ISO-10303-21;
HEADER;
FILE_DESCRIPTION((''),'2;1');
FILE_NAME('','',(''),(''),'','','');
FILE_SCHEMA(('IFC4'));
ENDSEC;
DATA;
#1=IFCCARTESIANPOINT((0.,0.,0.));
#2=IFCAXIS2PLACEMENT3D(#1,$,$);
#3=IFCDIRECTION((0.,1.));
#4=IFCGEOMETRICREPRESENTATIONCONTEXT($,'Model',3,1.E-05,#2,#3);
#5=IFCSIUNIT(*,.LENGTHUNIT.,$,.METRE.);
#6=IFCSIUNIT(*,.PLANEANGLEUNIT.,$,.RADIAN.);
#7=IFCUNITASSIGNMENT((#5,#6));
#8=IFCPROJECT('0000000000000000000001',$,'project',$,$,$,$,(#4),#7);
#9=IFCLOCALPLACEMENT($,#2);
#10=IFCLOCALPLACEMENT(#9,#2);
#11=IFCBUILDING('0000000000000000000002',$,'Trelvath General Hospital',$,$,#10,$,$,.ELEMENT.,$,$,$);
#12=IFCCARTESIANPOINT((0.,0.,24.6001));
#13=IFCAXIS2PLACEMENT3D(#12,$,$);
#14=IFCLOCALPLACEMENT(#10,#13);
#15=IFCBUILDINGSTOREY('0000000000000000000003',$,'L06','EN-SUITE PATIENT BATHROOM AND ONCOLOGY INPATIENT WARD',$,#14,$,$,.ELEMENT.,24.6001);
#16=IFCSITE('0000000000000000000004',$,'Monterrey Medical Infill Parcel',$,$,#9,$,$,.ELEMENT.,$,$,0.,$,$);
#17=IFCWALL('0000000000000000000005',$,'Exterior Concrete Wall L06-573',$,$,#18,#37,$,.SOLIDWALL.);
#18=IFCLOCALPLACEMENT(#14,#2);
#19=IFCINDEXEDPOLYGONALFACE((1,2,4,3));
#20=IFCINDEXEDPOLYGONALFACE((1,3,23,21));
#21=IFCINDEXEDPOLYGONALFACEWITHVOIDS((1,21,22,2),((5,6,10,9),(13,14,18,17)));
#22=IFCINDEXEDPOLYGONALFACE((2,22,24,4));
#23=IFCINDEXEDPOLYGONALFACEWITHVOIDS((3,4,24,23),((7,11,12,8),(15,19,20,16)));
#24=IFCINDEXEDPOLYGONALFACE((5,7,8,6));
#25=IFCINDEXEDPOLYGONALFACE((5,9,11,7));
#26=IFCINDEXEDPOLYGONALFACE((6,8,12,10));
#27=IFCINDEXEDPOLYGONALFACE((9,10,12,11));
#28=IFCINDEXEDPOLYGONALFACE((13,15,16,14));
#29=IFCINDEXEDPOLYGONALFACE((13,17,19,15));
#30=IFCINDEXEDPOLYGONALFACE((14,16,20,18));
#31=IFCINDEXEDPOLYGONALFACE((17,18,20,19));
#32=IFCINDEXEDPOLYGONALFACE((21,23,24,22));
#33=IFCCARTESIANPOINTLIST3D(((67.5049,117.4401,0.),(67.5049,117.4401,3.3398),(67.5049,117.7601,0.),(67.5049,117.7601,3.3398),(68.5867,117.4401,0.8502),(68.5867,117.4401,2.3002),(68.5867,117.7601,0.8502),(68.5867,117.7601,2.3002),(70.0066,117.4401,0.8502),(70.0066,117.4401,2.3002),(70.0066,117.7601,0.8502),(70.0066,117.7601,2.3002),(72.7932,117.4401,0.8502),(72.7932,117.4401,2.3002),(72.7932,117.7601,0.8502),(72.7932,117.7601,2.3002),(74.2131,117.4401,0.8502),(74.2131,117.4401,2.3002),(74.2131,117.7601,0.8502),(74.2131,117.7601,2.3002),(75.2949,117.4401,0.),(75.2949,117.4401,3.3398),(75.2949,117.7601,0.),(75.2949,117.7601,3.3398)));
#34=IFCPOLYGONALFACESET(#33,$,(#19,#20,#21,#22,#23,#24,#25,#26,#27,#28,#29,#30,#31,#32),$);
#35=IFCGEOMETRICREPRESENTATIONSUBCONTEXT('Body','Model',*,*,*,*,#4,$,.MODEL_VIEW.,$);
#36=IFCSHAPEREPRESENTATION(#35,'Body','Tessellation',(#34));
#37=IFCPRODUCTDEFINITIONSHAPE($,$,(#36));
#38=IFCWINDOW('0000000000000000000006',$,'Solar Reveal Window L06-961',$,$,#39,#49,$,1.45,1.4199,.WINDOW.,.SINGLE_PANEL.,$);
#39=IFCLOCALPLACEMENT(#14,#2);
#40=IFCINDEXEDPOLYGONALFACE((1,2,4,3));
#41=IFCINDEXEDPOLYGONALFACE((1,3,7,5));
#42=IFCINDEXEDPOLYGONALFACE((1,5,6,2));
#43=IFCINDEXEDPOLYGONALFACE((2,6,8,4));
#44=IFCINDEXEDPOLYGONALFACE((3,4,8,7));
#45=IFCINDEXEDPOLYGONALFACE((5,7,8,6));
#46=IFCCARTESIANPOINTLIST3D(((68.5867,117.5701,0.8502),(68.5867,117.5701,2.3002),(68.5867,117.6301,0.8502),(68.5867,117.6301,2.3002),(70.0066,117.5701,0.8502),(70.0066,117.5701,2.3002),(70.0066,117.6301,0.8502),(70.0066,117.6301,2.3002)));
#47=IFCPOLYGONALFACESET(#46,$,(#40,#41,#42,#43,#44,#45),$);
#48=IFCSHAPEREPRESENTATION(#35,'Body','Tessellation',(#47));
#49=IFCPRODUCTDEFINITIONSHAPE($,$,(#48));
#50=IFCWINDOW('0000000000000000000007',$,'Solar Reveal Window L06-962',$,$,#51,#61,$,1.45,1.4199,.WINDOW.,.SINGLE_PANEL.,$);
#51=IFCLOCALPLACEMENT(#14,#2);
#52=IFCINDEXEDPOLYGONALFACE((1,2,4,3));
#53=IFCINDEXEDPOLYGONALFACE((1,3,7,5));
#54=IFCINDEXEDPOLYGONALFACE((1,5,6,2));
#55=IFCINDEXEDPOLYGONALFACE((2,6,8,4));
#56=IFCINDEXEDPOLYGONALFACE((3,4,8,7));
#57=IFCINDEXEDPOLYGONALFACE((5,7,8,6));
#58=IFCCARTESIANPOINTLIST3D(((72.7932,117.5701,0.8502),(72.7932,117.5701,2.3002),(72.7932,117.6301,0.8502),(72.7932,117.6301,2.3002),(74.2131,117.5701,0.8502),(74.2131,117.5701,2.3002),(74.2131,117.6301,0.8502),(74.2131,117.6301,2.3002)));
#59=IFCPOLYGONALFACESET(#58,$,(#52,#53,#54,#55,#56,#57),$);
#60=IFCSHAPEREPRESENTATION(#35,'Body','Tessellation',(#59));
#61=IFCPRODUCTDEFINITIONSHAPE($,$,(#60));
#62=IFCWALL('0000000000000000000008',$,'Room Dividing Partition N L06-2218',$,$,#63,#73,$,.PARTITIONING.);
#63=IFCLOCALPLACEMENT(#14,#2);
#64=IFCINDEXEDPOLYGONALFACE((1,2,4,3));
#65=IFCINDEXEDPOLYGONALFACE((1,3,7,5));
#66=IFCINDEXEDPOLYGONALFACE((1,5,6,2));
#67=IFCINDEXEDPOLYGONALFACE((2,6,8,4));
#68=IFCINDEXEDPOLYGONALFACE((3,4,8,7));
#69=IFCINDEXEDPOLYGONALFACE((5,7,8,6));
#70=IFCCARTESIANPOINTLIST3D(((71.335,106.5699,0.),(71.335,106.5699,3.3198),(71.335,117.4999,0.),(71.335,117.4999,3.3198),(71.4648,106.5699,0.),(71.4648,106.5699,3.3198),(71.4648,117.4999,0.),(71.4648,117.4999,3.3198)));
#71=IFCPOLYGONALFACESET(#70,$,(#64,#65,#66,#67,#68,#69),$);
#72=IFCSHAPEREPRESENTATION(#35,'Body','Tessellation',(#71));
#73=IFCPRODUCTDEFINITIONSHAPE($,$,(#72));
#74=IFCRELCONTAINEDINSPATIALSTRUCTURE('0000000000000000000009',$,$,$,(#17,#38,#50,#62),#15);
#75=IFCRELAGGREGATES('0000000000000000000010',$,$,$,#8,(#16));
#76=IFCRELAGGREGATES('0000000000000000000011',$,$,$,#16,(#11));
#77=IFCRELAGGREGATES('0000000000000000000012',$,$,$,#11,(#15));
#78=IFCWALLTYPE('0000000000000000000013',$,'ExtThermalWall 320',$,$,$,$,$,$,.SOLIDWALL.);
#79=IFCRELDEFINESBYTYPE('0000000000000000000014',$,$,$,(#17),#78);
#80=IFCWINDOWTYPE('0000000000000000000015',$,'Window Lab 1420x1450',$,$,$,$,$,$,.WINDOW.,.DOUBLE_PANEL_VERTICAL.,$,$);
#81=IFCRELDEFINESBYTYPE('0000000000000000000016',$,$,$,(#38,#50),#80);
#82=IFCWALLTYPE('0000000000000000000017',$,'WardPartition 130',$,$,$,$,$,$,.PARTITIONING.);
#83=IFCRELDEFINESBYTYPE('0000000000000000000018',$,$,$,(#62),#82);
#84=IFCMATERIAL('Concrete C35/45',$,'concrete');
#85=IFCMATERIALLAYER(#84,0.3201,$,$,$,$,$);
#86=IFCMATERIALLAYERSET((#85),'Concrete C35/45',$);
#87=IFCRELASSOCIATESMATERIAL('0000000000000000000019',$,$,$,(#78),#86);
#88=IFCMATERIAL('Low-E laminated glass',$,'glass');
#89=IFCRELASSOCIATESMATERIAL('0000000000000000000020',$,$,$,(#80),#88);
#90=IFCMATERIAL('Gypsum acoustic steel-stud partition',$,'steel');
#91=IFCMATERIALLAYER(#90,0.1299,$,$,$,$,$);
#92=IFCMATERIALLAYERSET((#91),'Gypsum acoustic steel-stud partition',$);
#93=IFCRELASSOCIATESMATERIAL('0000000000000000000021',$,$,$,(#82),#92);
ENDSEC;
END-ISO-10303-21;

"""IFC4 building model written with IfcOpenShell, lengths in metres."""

from ifc_helpers import new_model, si_unit, direction, frame, frame_2d, origin, place, context, subcontext, project, spatial, rectangle, extrude, material, layer, layer_set, type_object, element, fill, save


model = new_model("IFC4")

# Units and contexts
model_context = context("Model", 3, precision=1e-05, world=origin(), true_north=direction((0.0, 1.0)))
body_context = subcontext(model_context, "Body", "Model", "MODEL_VIEW")
ifc_project = project(units=[si_unit("LENGTHUNIT", "METRE"), si_unit("PLANEANGLEUNIT", "RADIAN")], contexts=[model_context])

# Site, building, storey
site_placement = place(None, origin())
site = spatial("IfcSite", under=ifc_project, at=site_placement, Name="Monterrey Medical Infill Parcel", CompositionType="ELEMENT", RefElevation=0.0)
building_placement = place(site_placement, origin())
building = spatial("IfcBuilding", under=site, at=building_placement, Name="Trelvath General Hospital", CompositionType="ELEMENT")
storey_placement = place(building_placement, frame((0.0, 0.0, 24.6001)))
storey = spatial("IfcBuildingStorey", under=building, at=storey_placement, Name="L06", Description="EN-SUITE PATIENT BATHROOM AND ONCOLOGY INPATIENT WARD", CompositionType="ELEMENT", Elevation=24.6001)

# Wall, openings, windows
ifc_material_1 = material(Name="Concrete C35/45", Category="concrete")
ifc_layer_1 = layer(ifc_material_1, 0.3201)
ifc_layer_set_1 = layer_set([ifc_layer_1], Name="Concrete C35/45")
wall_type_1 = type_object("IfcWallType", Name="ExtThermalWall 320", PredefinedType="SOLIDWALL", material=ifc_layer_set_1)
wall_1_placement = place(storey_placement, frame((67.5049, 117.6001, 0.0), z_axis=(0.0, 0.0, 1.0), x_axis=(1.0, 0.0, 0.0)))
wall_1 = element("IfcWall", 1, at=wall_1_placement, inside=storey, type_object=wall_type_1, Name="Exterior Concrete Wall L06-573", PredefinedType="SOLIDWALL", context=body_context, shape_type="SweptSolid", body=[
    extrude(rectangle(XDim=7.79, YDim=0.3201, at=frame_2d((3.895, 0.0))), origin(), (0.0, 0.0, 1.0), 3.3398),
])
opening_1_placement = place(wall_1_placement, frame((1.0818, 0.0, 0.8501)))
opening_1 = element("IfcOpeningElement", 2, at=opening_1_placement, cuts=wall_1, PredefinedType="OPENING", context=body_context, shape_type="SweptSolid", body=[
    extrude(rectangle(XDim=1.4199, YDim=1.45, at=frame_2d((0.71, 0.7251))), frame((0.0, 0.1699, 0.0), z_axis=(0.0, -1.0, 0.0), x_axis=(1.0, 0.0, 0.0)), (0.0, 0.0, 1.0), 0.3401),
])
opening_2_placement = place(wall_1_placement, frame((5.2883, 0.0, 0.8501)))
opening_2 = element("IfcOpeningElement", 3, at=opening_2_placement, cuts=wall_1, PredefinedType="OPENING", context=body_context, shape_type="SweptSolid", body=[
    extrude(rectangle(XDim=1.4199, YDim=1.45, at=frame_2d((0.71, 0.7251))), frame((0.0, 0.1699, 0.0), z_axis=(0.0, -1.0, 0.0), x_axis=(1.0, 0.0, 0.0)), (0.0, 0.0, 1.0), 0.3401),
])
ifc_material_2 = material(Name="Low-E laminated glass", Category="glass")
window_type = type_object("IfcWindowType", Name="Window Lab 1420x1450", PartitioningType="DOUBLE_PANEL_VERTICAL", PredefinedType="WINDOW", material=ifc_material_2)
window_1_placement = place(opening_1_placement, origin())
window_1 = element("IfcWindow", 4, at=window_1_placement, inside=storey, type_object=window_type, Name="Solar Reveal Window L06-961", OverallHeight=1.45, OverallWidth=1.4199, PartitioningType="SINGLE_PANEL", PredefinedType="WINDOW", context=body_context, shape_type="SweptSolid", body=[
    extrude(rectangle(XDim=1.4199, YDim=1.45, at=frame_2d((0.71, 0.7251))), frame((0.0, 0.03, 0.0), z_axis=(0.0, -1.0, 0.0), x_axis=(1.0, 0.0, 0.0)), (0.0, 0.0, 1.0), 0.0601),
])
fill(opening_1, window_1)
window_2_placement = place(opening_2_placement, origin())
window_2 = element("IfcWindow", 5, at=window_2_placement, inside=storey, type_object=window_type, Name="Solar Reveal Window L06-962", OverallHeight=1.45, OverallWidth=1.4199, PartitioningType="SINGLE_PANEL", PredefinedType="WINDOW", context=body_context, shape_type="SweptSolid", body=[
    extrude(rectangle(XDim=1.4199, YDim=1.45, at=frame_2d((0.71, 0.7251))), frame((0.0, 0.03, 0.0), z_axis=(0.0, -1.0, 0.0), x_axis=(1.0, 0.0, 0.0)), (0.0, 0.0, 1.0), 0.0601),
])
fill(opening_2, window_2)

# Wall
ifc_material_3 = material(Name="Gypsum acoustic steel-stud partition", Category="steel")
ifc_layer_2 = layer(ifc_material_3, 0.1299)
ifc_layer_set_2 = layer_set([ifc_layer_2], Name="Gypsum acoustic steel-stud partition")
wall_type_2 = type_object("IfcWallType", Name="WardPartition 130", PredefinedType="PARTITIONING", material=ifc_layer_set_2)
wall_2_placement = place(storey_placement, frame((71.3999, 106.5701, 0.0), z_axis=(0.0, 0.0, 1.0), x_axis=(0.0, 1.0, 0.0)))
element("IfcWall", 6, at=wall_2_placement, inside=storey, type_object=wall_type_2, Name="Room Dividing Partition N L06-2218", PredefinedType="PARTITIONING", context=body_context, shape_type="SweptSolid", body=[
    extrude(rectangle(XDim=10.9299, YDim=0.1299, at=frame_2d((5.4648, 0.0))), origin(), (0.0, 0.0, 1.0), 3.3198),
])

save(model, "model.ifc")
